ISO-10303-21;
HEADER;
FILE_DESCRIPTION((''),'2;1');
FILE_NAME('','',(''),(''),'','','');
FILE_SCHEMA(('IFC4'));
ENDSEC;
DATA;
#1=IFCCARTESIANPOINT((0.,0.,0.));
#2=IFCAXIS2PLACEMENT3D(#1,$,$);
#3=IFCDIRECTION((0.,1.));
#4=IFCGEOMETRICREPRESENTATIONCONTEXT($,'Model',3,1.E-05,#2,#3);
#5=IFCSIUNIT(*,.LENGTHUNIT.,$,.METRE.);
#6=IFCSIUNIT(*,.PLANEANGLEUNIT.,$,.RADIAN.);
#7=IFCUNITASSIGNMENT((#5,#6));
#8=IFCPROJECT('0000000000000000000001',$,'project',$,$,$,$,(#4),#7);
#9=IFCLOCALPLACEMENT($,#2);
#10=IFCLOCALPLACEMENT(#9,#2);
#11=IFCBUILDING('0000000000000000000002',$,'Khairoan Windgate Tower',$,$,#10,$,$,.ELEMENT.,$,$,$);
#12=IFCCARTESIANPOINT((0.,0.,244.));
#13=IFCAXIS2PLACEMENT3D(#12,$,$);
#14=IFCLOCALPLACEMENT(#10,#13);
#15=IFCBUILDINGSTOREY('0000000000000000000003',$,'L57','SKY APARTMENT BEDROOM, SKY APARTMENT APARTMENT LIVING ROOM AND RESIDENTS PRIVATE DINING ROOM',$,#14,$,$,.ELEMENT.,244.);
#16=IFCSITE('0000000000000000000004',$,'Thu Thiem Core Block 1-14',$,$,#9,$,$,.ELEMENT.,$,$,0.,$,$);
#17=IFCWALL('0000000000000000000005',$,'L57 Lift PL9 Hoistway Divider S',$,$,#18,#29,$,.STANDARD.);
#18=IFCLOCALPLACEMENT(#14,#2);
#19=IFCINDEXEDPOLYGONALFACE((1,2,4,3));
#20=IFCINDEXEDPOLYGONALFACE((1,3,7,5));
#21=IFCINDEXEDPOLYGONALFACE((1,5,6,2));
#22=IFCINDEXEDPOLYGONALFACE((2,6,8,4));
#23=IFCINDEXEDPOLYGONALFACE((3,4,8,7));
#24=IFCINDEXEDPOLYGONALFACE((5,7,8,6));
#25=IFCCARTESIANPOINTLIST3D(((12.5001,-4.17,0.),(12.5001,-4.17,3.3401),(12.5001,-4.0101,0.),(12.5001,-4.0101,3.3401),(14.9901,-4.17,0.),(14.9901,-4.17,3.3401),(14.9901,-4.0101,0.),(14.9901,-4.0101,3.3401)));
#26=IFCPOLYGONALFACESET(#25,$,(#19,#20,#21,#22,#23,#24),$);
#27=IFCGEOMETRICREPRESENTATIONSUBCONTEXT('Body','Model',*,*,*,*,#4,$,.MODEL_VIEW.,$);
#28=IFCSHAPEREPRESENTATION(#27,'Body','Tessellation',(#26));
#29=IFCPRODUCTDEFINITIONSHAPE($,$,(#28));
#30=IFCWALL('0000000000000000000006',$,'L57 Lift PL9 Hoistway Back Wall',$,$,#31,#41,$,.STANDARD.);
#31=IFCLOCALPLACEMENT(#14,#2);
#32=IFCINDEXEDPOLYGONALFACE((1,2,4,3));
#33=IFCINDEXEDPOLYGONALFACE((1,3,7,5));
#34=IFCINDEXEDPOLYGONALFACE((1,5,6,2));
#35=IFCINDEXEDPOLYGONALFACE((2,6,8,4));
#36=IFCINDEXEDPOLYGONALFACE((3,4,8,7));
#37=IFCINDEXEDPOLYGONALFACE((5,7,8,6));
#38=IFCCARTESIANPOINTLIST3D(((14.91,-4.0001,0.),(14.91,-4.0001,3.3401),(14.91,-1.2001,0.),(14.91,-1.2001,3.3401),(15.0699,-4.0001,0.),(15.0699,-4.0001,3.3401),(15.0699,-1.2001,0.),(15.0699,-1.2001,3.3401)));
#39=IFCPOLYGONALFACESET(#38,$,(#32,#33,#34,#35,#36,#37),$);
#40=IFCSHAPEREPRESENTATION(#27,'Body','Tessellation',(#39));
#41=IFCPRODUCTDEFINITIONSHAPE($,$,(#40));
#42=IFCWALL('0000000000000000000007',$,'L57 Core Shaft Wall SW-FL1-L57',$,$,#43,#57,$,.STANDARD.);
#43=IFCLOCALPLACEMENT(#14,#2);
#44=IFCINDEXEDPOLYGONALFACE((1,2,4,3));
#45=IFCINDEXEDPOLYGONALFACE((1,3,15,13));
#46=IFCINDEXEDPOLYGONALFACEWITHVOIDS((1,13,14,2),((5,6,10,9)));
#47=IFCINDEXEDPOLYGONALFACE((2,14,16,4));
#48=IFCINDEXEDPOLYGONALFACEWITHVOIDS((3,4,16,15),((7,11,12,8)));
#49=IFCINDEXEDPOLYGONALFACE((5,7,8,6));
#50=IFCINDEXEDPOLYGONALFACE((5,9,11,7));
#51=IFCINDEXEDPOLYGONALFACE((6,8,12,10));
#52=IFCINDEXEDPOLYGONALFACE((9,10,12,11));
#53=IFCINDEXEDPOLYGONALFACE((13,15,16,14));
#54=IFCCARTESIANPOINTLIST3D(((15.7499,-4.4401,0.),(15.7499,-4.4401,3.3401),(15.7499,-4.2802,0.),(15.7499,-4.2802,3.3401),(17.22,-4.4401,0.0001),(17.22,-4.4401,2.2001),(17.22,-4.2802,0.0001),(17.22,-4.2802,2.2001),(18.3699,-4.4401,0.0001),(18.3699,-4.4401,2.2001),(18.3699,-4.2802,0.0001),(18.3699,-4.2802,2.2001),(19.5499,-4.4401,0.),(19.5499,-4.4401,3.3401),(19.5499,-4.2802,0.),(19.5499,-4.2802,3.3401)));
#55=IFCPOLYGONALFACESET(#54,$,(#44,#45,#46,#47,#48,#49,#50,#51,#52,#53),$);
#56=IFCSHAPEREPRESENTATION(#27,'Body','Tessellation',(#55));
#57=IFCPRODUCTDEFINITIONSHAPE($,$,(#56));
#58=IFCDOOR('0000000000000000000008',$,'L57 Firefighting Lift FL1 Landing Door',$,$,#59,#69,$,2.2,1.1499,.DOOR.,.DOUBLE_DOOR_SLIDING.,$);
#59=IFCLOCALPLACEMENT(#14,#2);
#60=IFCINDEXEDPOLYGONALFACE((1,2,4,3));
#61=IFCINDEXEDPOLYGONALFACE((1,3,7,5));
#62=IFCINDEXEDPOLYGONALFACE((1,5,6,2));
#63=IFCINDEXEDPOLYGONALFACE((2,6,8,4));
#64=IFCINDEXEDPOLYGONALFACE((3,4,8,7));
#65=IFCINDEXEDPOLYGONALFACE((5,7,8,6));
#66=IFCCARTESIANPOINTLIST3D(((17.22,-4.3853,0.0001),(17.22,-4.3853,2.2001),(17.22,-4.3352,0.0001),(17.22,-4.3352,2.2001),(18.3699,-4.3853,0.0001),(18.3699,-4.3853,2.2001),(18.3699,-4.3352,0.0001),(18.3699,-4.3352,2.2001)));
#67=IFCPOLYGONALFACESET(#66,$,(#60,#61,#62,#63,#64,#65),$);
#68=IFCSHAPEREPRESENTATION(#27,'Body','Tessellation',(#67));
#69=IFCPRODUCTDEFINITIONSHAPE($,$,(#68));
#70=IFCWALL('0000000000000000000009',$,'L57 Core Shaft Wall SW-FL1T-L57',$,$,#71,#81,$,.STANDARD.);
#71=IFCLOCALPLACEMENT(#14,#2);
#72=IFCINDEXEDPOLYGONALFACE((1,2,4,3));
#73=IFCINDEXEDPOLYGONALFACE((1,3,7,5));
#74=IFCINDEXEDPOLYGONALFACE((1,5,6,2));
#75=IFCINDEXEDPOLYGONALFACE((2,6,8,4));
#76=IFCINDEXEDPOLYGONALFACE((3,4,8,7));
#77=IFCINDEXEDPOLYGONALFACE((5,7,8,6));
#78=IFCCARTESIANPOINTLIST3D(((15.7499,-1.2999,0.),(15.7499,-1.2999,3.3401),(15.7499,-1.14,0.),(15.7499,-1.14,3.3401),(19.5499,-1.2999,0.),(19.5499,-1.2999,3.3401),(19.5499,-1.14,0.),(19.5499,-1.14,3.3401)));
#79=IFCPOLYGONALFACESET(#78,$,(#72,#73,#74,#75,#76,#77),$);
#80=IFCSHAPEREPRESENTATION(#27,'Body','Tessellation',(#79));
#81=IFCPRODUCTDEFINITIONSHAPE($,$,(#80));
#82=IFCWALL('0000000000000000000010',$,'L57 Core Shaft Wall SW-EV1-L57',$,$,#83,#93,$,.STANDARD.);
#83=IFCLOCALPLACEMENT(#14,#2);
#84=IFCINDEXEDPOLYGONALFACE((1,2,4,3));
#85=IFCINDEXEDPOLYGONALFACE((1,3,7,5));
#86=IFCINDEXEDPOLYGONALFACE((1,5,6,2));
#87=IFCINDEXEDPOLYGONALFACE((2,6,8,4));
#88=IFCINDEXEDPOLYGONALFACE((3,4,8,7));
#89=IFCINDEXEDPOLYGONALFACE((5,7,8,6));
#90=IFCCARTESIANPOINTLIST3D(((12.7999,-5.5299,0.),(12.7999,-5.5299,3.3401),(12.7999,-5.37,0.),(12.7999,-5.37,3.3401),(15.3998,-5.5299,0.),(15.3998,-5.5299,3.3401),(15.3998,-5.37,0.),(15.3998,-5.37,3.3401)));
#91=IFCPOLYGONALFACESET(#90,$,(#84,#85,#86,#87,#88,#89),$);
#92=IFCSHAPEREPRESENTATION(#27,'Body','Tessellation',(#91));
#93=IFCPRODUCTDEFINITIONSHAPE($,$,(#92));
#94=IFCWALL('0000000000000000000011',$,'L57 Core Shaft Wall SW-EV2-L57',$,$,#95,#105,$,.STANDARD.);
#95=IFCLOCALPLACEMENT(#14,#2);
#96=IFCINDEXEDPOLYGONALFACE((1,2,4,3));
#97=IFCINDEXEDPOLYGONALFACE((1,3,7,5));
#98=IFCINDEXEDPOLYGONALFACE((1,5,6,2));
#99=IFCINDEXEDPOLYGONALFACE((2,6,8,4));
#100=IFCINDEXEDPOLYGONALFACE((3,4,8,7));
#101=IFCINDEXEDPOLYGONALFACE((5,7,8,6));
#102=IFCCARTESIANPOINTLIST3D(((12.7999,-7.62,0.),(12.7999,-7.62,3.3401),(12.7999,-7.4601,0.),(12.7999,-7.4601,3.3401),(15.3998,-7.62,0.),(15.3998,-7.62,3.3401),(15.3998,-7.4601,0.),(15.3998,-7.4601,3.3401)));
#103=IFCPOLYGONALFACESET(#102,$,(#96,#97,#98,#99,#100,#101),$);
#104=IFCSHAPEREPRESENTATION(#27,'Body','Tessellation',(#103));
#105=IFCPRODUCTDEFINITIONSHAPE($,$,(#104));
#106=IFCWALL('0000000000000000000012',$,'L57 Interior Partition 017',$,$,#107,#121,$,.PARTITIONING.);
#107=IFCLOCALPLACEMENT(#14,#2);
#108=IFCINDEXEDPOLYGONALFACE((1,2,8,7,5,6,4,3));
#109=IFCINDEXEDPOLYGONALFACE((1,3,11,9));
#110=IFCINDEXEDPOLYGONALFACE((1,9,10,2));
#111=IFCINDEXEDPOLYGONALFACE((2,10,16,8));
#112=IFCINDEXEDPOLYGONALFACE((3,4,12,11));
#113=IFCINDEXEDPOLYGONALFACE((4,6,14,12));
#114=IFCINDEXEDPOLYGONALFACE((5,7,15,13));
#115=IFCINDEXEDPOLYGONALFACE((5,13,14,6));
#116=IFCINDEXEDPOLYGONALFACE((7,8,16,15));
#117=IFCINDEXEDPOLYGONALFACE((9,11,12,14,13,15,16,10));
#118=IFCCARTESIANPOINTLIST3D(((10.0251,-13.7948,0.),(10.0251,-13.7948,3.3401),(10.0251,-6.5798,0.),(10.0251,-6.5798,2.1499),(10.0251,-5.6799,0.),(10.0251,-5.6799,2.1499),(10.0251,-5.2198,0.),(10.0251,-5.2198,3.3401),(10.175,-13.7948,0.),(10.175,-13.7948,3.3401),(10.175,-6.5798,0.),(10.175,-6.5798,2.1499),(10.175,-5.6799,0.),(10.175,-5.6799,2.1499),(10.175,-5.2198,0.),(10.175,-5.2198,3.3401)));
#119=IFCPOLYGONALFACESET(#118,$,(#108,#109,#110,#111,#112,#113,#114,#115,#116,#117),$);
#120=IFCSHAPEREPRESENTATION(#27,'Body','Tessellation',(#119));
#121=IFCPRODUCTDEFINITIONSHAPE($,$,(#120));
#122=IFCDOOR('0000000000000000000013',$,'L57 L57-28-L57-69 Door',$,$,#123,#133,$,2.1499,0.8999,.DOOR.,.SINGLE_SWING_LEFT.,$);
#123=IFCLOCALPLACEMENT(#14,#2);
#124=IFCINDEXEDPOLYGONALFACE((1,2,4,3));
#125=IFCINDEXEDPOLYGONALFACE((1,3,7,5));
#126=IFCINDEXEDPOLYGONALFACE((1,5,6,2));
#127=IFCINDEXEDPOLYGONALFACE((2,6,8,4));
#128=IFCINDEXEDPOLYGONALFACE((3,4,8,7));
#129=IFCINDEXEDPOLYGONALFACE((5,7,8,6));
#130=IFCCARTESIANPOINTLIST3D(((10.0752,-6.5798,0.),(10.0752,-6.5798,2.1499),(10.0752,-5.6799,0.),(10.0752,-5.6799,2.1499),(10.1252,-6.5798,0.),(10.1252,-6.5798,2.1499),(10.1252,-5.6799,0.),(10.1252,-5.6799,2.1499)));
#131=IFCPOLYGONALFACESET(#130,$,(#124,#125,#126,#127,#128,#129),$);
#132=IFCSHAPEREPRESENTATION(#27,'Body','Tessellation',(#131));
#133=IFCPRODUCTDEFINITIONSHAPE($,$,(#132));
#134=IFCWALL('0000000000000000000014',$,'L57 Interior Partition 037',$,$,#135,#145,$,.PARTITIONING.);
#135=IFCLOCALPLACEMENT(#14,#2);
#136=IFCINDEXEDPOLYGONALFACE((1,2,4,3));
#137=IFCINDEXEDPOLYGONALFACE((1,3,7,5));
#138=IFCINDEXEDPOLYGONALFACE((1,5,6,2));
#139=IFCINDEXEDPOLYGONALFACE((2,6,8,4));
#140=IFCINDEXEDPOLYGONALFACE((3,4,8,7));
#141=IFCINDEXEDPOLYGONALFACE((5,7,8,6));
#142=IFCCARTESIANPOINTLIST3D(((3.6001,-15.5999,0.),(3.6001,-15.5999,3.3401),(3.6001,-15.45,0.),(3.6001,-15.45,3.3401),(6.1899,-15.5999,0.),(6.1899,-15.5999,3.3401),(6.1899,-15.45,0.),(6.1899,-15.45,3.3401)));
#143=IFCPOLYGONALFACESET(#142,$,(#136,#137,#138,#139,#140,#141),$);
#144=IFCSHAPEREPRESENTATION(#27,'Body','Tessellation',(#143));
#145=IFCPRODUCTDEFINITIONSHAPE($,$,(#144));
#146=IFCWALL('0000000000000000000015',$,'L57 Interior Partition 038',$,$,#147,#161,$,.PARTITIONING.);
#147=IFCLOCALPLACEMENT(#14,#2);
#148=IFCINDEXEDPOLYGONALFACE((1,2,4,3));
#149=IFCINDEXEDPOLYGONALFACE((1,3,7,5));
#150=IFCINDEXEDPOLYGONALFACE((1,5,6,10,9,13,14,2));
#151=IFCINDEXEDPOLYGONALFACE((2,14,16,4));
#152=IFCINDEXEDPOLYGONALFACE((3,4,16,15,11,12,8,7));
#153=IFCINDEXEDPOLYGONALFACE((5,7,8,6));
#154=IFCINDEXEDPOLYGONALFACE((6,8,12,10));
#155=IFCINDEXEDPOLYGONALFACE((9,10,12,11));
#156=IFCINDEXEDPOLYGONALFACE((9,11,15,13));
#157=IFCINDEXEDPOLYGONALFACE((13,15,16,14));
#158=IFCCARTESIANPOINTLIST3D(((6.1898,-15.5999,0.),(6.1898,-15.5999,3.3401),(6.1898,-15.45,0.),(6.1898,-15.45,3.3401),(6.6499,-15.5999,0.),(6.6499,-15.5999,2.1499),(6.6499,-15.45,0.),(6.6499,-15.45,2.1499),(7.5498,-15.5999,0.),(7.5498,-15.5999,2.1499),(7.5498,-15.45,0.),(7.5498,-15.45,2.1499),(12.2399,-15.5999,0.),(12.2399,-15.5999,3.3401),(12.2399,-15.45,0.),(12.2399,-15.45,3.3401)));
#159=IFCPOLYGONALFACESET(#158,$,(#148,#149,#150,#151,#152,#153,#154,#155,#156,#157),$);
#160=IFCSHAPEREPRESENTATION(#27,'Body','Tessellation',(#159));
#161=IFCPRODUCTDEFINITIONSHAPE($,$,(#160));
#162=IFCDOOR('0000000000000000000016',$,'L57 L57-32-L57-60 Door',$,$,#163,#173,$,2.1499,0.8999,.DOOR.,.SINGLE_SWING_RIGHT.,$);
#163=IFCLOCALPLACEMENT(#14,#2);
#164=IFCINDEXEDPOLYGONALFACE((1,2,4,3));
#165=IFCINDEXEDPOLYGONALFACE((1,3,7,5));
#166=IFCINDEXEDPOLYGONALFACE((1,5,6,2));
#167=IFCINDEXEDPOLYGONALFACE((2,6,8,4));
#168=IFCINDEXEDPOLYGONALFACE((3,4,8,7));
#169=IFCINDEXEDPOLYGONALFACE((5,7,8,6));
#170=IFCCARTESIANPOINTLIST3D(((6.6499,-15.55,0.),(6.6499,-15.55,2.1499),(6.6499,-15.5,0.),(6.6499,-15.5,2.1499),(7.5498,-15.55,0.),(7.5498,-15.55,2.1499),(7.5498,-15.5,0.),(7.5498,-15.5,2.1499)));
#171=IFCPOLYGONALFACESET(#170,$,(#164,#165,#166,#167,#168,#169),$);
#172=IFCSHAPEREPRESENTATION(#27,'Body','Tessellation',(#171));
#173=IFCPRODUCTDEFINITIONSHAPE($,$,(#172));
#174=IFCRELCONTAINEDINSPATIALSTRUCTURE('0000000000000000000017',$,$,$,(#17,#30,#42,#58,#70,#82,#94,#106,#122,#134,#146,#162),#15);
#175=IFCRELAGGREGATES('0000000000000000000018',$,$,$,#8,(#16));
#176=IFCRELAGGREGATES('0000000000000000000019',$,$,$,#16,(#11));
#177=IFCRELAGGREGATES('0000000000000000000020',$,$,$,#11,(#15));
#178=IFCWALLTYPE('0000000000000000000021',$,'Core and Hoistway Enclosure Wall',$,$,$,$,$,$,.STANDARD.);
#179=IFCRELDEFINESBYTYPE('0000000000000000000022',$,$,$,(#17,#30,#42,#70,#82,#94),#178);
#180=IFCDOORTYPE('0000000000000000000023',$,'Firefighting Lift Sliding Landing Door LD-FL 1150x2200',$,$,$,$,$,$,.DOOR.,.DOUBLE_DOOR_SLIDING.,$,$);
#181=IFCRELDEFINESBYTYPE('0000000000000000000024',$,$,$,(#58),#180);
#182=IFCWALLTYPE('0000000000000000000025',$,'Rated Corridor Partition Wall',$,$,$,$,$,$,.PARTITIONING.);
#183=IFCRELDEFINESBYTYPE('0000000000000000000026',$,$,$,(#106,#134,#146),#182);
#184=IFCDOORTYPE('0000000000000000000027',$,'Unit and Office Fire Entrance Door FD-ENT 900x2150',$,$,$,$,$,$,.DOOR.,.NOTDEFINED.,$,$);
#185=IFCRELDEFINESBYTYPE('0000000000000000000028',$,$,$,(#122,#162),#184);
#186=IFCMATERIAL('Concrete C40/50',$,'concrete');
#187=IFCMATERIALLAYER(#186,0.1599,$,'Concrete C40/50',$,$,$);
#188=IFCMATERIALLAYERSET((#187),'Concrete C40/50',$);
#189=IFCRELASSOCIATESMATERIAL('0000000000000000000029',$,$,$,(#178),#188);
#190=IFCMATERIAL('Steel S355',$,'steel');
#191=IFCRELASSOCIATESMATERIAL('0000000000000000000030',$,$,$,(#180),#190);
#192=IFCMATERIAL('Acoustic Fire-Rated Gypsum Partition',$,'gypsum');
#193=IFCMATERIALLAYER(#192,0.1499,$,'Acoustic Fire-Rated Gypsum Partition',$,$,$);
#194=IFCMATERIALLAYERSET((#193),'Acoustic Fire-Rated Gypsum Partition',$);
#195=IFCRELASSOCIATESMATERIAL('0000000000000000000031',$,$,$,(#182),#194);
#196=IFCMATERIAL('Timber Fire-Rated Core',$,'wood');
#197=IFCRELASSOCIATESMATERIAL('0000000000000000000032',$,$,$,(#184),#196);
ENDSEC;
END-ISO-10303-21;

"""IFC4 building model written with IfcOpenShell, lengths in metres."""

from ifc_helpers import new_model, si_unit, direction, frame, frame_2d, origin, place, context, subcontext, project, spatial, rectangle, extrude, material, layer, layer_set, type_object, element, fill, save


model = new_model("IFC4")

# Units and contexts
model_context = context("Model", 3, precision=1e-05, world=origin(), true_north=direction((0.0, 1.0)))
body_context = subcontext(model_context, "Body", "Model", "MODEL_VIEW")
ifc_project = project(units=[si_unit("LENGTHUNIT", "METRE"), si_unit("PLANEANGLEUNIT", "RADIAN")], contexts=[model_context])

# Site, building, storey
site_placement = place(None, origin())
site = spatial("IfcSite", under=ifc_project, at=site_placement, Name="Thu Thiem Core Block 1-14", CompositionType="ELEMENT", RefElevation=0.0)
building_placement = place(site_placement, origin())
building = spatial("IfcBuilding", under=site, at=building_placement, Name="Khairoan Windgate Tower", CompositionType="ELEMENT")
storey_placement = place(building_placement, frame((0.0, 0.0, 244.0)))
storey = spatial("IfcBuildingStorey", under=building, at=storey_placement, Name="L57", Description="SKY APARTMENT BEDROOM, SKY APARTMENT APARTMENT LIVING ROOM AND RESIDENTS PRIVATE DINING ROOM", CompositionType="ELEMENT", Elevation=244.0)

# Walls
ifc_material_1 = material(Name="Concrete C40/50", Category="concrete")
ifc_layer_1 = layer(ifc_material_1, 0.1599, Name="Concrete C40/50")
ifc_layer_set_1 = layer_set([ifc_layer_1], Name="Concrete C40/50")
wall_type_1 = type_object("IfcWallType", Name="Core and Hoistway Enclosure Wall", PredefinedType="STANDARD", material=ifc_layer_set_1)
wall_1_placement = place(storey_placement, frame((12.5, -4.0901, 0.0), z_axis=(0.0, 0.0, 1.0), x_axis=(1.0, 0.0, 0.0)))
element("IfcWall", 1, at=wall_1_placement, inside=storey, type_object=wall_type_1, Name="L57 Lift PL9 Hoistway Divider S", PredefinedType="STANDARD", context=body_context, shape_type="SweptSolid", body=[
    extrude(rectangle(XDim=2.49, YDim=0.1599, at=frame_2d((1.2451, 0.0))), origin(), (0.0, 0.0, 1.0), 3.3401),
])
wall_2_placement = place(storey_placement, frame((14.99, -4.0, 0.0), z_axis=(0.0, 0.0, 1.0), x_axis=(0.0, 1.0, 0.0)))
element("IfcWall", 2, at=wall_2_placement, inside=storey, type_object=wall_type_1, Name="L57 Lift PL9 Hoistway Back Wall", PredefinedType="STANDARD", context=body_context, shape_type="SweptSolid", body=[
    extrude(rectangle(XDim=2.8, YDim=0.1599, at=frame_2d((1.3999, 0.0))), origin(), (0.0, 0.0, 1.0), 3.3401),
])

# Wall, opening, door
wall_3_placement = place(storey_placement, frame((15.75, -4.3601, 0.0), z_axis=(0.0, 0.0, 1.0), x_axis=(1.0, 0.0, 0.0)))
wall_3 = element("IfcWall", 3, at=wall_3_placement, inside=storey, type_object=wall_type_1, Name="L57 Core Shaft Wall SW-FL1-L57", PredefinedType="STANDARD", context=body_context, shape_type="SweptSolid", body=[
    extrude(rectangle(XDim=3.8, YDim=0.1599, at=frame_2d((1.8999, 0.0))), origin(), (0.0, 0.0, 1.0), 3.3401),
])
opening_1_placement = place(wall_3_placement, frame((1.47, 0.0, 0.0)))
opening_1 = element("IfcOpeningElement", 4, at=opening_1_placement, cuts=wall_3, PredefinedType="OPENING", context=body_context, shape_type="SweptSolid", body=[
    extrude(rectangle(XDim=1.1499, YDim=2.2, at=frame_2d((0.575, 1.1001))), frame((0.0, 0.0898, 0.0), z_axis=(0.0, -1.0, 0.0), x_axis=(1.0, 0.0, 0.0)), (0.0, 0.0, 1.0), 0.1799),
])
ifc_material_2 = material(Name="Steel S355", Category="steel")
door_type_1 = type_object("IfcDoorType", Name="Firefighting Lift Sliding Landing Door LD-FL 1150x2200", OperationType="DOUBLE_DOOR_SLIDING", PredefinedType="DOOR", material=ifc_material_2)
door_1_placement = place(opening_1_placement, origin())
door_1 = element("IfcDoor", 5, at=door_1_placement, inside=storey, type_object=door_type_1, Name="L57 Firefighting Lift FL1 Landing Door", OperationType="DOUBLE_DOOR_SLIDING", OverallHeight=2.2, OverallWidth=1.1499, PredefinedType="DOOR", context=body_context, shape_type="SweptSolid", body=[
    extrude(rectangle(XDim=1.1499, YDim=2.2, at=frame_2d((0.575, 1.1001))), frame((0.0, 0.0249, 0.0), z_axis=(0.0, -1.0, 0.0), x_axis=(1.0, 0.0, 0.0)), (0.0, 0.0, 1.0), 0.05),
])
fill(opening_1, door_1)

# Walls
wall_4_placement = place(storey_placement, frame((15.75, -1.22, 0.0), z_axis=(0.0, 0.0, 1.0), x_axis=(1.0, 0.0, 0.0)))
element("IfcWall", 6, at=wall_4_placement, inside=storey, type_object=wall_type_1, Name="L57 Core Shaft Wall SW-FL1T-L57", PredefinedType="STANDARD", context=body_context, shape_type="SweptSolid", body=[
    extrude(rectangle(XDim=3.8, YDim=0.1599, at=frame_2d((1.8999, 0.0))), origin(), (0.0, 0.0, 1.0), 3.3401),
])
for number, where, z_axis, x_axis, name in (
    (7, (12.8, -5.45, 0.0), (0.0, 0.0, 1.0), (1.0, 0.0, 0.0), "L57 Core Shaft Wall SW-EV1-L57"),
    (8, (12.8, -7.54, 0.0), (0.0, 0.0, 1.0), (1.0, 0.0, 0.0), "L57 Core Shaft Wall SW-EV2-L57"),
):
    element("IfcWall", number, at=place(storey_placement, frame(where, z_axis=z_axis, x_axis=x_axis)), inside=storey, type_object=wall_type_1, Name=name, PredefinedType="STANDARD", context=body_context, shape_type="SweptSolid", body=[
        extrude(rectangle(XDim=2.5999, YDim=0.1599, at=frame_2d((1.2998, 0.0))), origin(), (0.0, 0.0, 1.0), 3.3401),
    ])

# Wall, opening, door
ifc_material_3 = material(Name="Acoustic Fire-Rated Gypsum Partition", Category="gypsum")
ifc_layer_2 = layer(ifc_material_3, 0.1499, Name="Acoustic Fire-Rated Gypsum Partition")
ifc_layer_set_2 = layer_set([ifc_layer_2], Name="Acoustic Fire-Rated Gypsum Partition")
wall_type_2 = type_object("IfcWallType", Name="Rated Corridor Partition Wall", PredefinedType="PARTITIONING", material=ifc_layer_set_2)
wall_5_placement = place(storey_placement, frame((10.1001, -13.7949, 0.0), z_axis=(0.0, 0.0, 1.0), x_axis=(0.0, 1.0, 0.0)))
wall_5 = element("IfcWall", 9, at=wall_5_placement, inside=storey, type_object=wall_type_2, Name="L57 Interior Partition 017", PredefinedType="PARTITIONING", context=body_context, shape_type="SweptSolid", body=[
    extrude(rectangle(XDim=8.575, YDim=0.1499, at=frame_2d((4.2876, 0.0))), origin(), (0.0, 0.0, 1.0), 3.3401),
])
opening_2_placement = place(wall_5_placement, frame((7.2151, 0.0, 0.0)))
opening_2 = element("IfcOpeningElement", 10, at=opening_2_placement, cuts=wall_5, PredefinedType="OPENING", context=body_context, shape_type="SweptSolid", body=[
    extrude(rectangle(XDim=0.8999, YDim=2.1499, at=frame_2d((0.45, 1.075))), frame((0.0, 0.085, 0.0), z_axis=(0.0, -1.0, 0.0), x_axis=(1.0, 0.0, 0.0)), (0.0, 0.0, 1.0), 0.1699),
])
ifc_material_4 = material(Name="Timber Fire-Rated Core", Category="wood")
door_type_2 = type_object("IfcDoorType", Name="Unit and Office Fire Entrance Door FD-ENT 900x2150", OperationType="NOTDEFINED", PredefinedType="DOOR", material=ifc_material_4)
door_2_placement = place(opening_2_placement, origin())
door_2 = element("IfcDoor", 11, at=door_2_placement, inside=storey, type_object=door_type_2, Name="L57 L57-28-L57-69 Door", OperationType="SINGLE_SWING_LEFT", OverallHeight=2.1499, OverallWidth=0.8999, PredefinedType="DOOR", context=body_context, shape_type="SweptSolid", body=[
    extrude(rectangle(XDim=0.8999, YDim=2.1499, at=frame_2d((0.45, 1.075))), frame((0.0, 0.0249, 0.0), z_axis=(0.0, -1.0, 0.0), x_axis=(1.0, 0.0, 0.0)), (0.0, 0.0, 1.0), 0.05),
])
fill(opening_2, door_2)

# Wall
wall_6_placement = place(storey_placement, frame((3.6001, -15.5249, 0.0), z_axis=(0.0, 0.0, 1.0), x_axis=(1.0, 0.0, 0.0)))
element("IfcWall", 12, at=wall_6_placement, inside=storey, type_object=wall_type_2, Name="L57 Interior Partition 037", PredefinedType="PARTITIONING", context=body_context, shape_type="SweptSolid", body=[
    extrude(rectangle(XDim=2.5898, YDim=0.1499, at=frame_2d((1.2949, 0.0))), origin(), (0.0, 0.0, 1.0), 3.3401),
])

# Wall, opening, door
wall_7_placement = place(storey_placement, frame((6.1899, -15.5249, 0.0), z_axis=(0.0, 0.0, 1.0), x_axis=(1.0, 0.0, 0.0)))
wall_7 = element("IfcWall", 13, at=wall_7_placement, inside=storey, type_object=wall_type_2, Name="L57 Interior Partition 038", PredefinedType="PARTITIONING", context=body_context, shape_type="SweptSolid", body=[
    extrude(rectangle(XDim=6.05, YDim=0.1499, at=frame_2d((3.0249, 0.0))), origin(), (0.0, 0.0, 1.0), 3.3401),
])
opening_3_placement = place(wall_7_placement, frame((0.46, 0.0, 0.0)))
opening_3 = element("IfcOpeningElement", 14, at=opening_3_placement, cuts=wall_7, PredefinedType="OPENING", context=body_context, shape_type="SweptSolid", body=[
    extrude(rectangle(XDim=0.8999, YDim=2.1499, at=frame_2d((0.45, 1.075))), frame((0.0, 0.085, 0.0), z_axis=(0.0, -1.0, 0.0), x_axis=(1.0, 0.0, 0.0)), (0.0, 0.0, 1.0), 0.1699),
])
door_3_placement = place(opening_3_placement, origin())
door_3 = element("IfcDoor", 15, at=door_3_placement, inside=storey, type_object=door_type_2, Name="L57 L57-32-L57-60 Door", OperationType="SINGLE_SWING_RIGHT", OverallHeight=2.1499, OverallWidth=0.8999, PredefinedType="DOOR", context=body_context, shape_type="SweptSolid", body=[
    extrude(rectangle(XDim=0.8999, YDim=2.1499, at=frame_2d((0.45, 1.075))), frame((0.0, 0.0249, 0.0), z_axis=(0.0, -1.0, 0.0), x_axis=(1.0, 0.0, 0.0)), (0.0, 0.0, 1.0), 0.05),
])
fill(opening_3, door_3)

save(model, "model.ifc")
